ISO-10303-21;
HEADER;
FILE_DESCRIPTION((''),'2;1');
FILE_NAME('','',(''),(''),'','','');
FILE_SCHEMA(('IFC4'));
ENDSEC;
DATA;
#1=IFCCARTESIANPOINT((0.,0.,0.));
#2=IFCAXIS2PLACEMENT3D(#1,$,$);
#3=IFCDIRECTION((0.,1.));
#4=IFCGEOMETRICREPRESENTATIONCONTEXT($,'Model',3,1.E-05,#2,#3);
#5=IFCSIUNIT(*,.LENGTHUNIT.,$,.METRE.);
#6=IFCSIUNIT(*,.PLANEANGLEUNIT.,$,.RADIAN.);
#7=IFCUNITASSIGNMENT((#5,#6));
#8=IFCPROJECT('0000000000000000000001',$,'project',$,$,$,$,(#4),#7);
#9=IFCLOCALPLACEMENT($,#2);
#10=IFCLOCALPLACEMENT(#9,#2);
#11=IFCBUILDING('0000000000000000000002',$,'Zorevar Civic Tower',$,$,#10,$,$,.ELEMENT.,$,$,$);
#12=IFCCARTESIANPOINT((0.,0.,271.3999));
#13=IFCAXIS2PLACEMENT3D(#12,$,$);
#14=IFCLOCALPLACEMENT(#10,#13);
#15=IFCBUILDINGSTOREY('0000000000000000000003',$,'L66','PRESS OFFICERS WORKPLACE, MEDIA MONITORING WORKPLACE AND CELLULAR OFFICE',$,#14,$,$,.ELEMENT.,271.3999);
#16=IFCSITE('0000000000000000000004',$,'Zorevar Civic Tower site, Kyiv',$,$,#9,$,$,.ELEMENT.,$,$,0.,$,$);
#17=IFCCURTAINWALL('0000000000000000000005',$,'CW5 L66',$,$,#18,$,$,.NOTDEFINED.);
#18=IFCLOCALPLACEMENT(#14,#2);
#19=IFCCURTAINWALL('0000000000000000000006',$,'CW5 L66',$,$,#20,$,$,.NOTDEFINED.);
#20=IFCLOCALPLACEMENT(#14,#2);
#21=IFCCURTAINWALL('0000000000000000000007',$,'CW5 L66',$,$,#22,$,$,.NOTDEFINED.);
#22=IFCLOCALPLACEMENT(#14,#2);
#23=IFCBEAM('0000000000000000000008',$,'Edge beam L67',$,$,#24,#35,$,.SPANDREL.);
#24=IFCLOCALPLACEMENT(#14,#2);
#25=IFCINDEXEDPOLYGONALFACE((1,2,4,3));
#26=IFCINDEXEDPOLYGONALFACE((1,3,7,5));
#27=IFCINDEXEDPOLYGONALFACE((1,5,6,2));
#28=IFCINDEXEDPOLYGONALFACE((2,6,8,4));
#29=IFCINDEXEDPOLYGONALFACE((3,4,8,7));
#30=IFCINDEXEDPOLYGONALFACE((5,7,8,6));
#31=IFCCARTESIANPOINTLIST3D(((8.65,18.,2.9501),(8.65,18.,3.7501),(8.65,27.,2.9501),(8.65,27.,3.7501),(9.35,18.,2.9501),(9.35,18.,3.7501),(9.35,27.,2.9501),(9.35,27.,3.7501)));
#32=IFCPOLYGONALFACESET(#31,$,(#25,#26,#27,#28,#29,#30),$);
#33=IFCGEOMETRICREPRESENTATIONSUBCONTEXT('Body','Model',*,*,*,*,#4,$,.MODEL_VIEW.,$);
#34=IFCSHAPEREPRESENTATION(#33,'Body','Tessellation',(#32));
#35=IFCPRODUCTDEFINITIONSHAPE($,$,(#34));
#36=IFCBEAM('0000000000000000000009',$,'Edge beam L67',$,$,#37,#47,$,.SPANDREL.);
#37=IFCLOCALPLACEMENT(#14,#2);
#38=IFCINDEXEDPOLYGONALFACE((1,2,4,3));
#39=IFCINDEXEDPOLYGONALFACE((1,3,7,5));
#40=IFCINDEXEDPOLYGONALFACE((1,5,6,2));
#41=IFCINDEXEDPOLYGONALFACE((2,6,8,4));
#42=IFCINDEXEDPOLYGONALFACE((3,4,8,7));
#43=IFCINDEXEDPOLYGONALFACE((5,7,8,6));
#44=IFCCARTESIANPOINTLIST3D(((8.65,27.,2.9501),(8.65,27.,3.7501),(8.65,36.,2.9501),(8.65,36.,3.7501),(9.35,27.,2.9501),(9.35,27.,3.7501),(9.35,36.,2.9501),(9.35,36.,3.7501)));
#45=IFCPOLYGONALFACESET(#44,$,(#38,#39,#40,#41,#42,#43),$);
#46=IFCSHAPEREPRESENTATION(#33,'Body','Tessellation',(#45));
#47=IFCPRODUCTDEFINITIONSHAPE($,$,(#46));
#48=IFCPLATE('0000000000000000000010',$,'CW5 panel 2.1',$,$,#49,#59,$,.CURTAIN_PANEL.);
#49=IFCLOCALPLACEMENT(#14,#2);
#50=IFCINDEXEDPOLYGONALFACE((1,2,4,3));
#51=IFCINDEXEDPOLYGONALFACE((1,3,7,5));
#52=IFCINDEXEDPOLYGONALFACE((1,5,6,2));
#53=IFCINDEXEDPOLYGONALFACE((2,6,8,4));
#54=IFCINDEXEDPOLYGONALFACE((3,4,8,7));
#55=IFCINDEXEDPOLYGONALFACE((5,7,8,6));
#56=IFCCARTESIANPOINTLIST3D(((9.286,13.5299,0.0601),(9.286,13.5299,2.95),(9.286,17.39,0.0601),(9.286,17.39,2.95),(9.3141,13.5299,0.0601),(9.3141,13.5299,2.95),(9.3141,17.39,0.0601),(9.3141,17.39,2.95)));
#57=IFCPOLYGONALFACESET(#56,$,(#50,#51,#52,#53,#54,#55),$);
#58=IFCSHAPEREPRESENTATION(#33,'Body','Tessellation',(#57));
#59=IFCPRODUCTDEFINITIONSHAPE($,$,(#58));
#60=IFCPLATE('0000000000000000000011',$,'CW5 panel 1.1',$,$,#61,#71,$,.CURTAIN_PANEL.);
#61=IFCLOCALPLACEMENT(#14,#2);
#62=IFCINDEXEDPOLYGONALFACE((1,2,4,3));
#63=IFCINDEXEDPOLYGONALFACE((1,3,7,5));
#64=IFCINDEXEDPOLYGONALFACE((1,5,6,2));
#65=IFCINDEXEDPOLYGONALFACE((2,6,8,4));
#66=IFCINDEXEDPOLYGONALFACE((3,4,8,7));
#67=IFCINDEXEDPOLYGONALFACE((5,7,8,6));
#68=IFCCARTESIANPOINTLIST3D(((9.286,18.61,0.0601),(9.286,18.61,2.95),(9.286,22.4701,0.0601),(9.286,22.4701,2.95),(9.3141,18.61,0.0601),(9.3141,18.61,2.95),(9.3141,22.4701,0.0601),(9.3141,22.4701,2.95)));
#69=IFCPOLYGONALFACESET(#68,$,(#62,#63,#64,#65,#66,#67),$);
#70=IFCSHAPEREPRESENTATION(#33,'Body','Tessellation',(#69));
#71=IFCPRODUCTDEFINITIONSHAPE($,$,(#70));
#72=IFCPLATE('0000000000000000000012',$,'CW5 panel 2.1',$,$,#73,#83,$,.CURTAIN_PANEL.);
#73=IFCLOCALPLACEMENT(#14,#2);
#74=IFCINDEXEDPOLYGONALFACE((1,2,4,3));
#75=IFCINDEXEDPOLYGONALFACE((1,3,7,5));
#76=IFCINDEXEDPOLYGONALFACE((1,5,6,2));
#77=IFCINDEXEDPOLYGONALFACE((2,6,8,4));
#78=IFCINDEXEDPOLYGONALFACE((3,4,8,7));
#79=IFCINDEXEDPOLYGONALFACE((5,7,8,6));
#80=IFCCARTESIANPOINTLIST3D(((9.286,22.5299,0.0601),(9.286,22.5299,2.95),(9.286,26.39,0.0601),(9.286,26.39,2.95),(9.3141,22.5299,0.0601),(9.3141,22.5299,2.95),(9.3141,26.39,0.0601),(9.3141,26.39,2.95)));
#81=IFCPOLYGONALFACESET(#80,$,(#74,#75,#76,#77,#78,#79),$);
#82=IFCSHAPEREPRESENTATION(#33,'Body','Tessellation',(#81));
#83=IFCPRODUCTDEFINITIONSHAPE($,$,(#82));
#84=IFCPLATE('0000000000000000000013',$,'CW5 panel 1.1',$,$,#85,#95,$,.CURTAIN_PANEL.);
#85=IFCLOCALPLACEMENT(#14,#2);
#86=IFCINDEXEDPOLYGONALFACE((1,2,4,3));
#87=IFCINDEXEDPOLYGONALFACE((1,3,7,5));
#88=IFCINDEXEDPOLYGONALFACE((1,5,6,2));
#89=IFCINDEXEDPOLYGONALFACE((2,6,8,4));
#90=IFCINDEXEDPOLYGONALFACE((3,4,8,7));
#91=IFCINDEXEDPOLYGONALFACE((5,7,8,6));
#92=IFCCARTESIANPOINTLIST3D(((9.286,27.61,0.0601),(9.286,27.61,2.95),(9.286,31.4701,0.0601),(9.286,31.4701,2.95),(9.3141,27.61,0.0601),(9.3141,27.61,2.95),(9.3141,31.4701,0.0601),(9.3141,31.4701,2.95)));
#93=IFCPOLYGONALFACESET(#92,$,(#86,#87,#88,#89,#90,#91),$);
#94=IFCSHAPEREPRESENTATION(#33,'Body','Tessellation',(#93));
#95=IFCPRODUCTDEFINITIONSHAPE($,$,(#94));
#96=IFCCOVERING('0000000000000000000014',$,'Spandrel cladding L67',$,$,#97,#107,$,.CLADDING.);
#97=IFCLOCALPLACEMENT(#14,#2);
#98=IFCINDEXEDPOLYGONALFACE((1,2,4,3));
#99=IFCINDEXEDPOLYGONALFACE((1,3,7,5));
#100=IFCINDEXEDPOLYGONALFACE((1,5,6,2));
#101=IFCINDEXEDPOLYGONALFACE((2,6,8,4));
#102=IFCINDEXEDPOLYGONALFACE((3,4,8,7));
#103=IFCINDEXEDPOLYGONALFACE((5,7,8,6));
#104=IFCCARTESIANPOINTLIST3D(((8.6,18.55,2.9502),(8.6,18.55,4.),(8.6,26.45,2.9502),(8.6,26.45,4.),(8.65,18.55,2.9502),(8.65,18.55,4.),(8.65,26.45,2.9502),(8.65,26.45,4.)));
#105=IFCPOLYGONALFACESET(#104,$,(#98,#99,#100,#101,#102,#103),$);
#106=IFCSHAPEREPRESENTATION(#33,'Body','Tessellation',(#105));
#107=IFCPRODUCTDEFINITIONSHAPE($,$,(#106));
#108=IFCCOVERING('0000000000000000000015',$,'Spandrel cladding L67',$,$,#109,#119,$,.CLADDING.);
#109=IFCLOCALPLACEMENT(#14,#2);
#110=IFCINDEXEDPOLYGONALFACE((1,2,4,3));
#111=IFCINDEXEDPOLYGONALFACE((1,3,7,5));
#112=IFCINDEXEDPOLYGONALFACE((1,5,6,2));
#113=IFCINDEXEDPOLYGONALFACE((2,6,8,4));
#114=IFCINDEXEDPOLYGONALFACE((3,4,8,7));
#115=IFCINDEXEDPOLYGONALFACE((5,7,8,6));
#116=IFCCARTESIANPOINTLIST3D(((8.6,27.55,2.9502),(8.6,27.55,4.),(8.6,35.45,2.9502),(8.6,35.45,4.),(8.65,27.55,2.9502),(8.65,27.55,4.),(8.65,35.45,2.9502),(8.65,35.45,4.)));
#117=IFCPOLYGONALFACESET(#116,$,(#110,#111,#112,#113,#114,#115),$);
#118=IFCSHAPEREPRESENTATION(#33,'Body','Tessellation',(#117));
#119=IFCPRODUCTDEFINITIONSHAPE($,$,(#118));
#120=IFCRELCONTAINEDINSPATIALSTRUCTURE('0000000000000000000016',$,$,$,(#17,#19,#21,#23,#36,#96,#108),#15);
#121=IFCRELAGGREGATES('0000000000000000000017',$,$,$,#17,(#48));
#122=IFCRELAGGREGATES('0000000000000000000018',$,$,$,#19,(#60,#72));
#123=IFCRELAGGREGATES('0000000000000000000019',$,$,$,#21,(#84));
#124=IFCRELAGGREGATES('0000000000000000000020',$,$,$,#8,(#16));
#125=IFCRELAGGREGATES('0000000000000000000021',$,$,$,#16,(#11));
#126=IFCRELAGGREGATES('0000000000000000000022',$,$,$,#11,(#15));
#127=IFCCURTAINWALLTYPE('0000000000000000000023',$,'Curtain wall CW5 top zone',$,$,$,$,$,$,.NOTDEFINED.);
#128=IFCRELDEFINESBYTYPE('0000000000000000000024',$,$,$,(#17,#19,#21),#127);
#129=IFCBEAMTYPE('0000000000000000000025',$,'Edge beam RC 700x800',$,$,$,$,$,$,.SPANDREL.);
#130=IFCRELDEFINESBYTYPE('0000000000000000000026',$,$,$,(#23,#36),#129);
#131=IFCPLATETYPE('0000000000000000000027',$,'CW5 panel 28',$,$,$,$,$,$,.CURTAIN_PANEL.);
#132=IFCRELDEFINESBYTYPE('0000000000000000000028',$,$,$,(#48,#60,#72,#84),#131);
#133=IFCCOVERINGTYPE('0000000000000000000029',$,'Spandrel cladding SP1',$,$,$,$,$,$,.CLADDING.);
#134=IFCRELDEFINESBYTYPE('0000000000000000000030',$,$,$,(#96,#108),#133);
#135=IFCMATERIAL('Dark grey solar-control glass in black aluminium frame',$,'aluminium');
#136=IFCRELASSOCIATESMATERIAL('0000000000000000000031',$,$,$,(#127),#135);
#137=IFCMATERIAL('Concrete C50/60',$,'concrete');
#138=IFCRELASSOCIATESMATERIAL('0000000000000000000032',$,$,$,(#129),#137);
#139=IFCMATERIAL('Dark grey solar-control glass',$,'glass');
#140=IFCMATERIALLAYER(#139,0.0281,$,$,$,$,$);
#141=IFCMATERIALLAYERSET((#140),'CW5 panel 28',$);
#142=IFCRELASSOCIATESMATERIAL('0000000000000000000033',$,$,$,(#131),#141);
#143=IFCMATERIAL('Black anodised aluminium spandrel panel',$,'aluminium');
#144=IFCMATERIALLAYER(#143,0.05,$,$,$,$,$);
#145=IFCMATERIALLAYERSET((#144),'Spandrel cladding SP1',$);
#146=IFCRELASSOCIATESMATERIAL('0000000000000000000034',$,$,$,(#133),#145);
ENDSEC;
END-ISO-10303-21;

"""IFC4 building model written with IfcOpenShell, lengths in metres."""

from ifc_helpers import new_model, si_unit, direction, frame, frame_2d, origin, origin_2d, place, context, subcontext, project, spatial, rectangle, extrude, material, layer, layer_set, material_profile, profile_set, type_object, element, aggregate, save


model = new_model("IFC4")

# Units and contexts
model_context = context("Model", 3, precision=1e-05, world=origin(), true_north=direction((0.0, 1.0)))
body_context = subcontext(model_context, "Body", "Model", "MODEL_VIEW")
ifc_project = project(units=[si_unit("LENGTHUNIT", "METRE"), si_unit("PLANEANGLEUNIT", "RADIAN")], contexts=[model_context])

# Site, building, storey
site_placement = place(None, origin())
site = spatial("IfcSite", under=ifc_project, at=site_placement, Name="Zorevar Civic Tower site, Kyiv", CompositionType="ELEMENT", RefElevation=0.0)
building_placement = place(site_placement, origin())
building = spatial("IfcBuilding", under=site, at=building_placement, Name="Zorevar Civic Tower", CompositionType="ELEMENT")
storey_placement = place(building_placement, frame((0.0, 0.0, 271.3999)))
storey = spatial("IfcBuildingStorey", under=building, at=storey_placement, Name="L66", Description="PRESS OFFICERS WORKPLACE, MEDIA MONITORING WORKPLACE AND CELLULAR OFFICE", CompositionType="ELEMENT", Elevation=271.3999)

# Curtain wall
ifc_material_1 = material(Name="Dark grey solar-control glass in black aluminium frame", Category="aluminium")
curtain_wall_type = type_object("IfcCurtainWallType", Name="Curtain wall CW5 top zone", PredefinedType="NOTDEFINED", material=ifc_material_1)
curtain_wall_1_placement = place(storey_placement, origin())
curtain_wall_1 = element("IfcCurtainWall", 1, at=curtain_wall_1_placement, inside=storey, type_object=curtain_wall_type, Name="CW5 L66", PredefinedType="NOTDEFINED")

# Curtain walls
curtain_wall_2_placement = place(storey_placement, origin())
curtain_wall_2 = element("IfcCurtainWall", 2, at=curtain_wall_2_placement, inside=storey, type_object=curtain_wall_type, Name="CW5 L66", PredefinedType="NOTDEFINED")
curtain_wall_3_placement = place(storey_placement, origin())
curtain_wall_3 = element("IfcCurtainWall", 3, at=curtain_wall_3_placement, inside=storey, type_object=curtain_wall_type, Name="CW5 L66", PredefinedType="NOTDEFINED")

# Beams
ifc_material_2 = material(Name="Concrete C50/60", Category="concrete")
ifc_material_profile_1 = material_profile(ifc_material_2, rectangle(XDim=0.7, YDim=0.8, at=origin_2d()), Name="RC 700x800")
ifc_profile_set_1 = profile_set([ifc_material_profile_1], Name="Concrete C50/60")
beam_type_1 = type_object("IfcBeamType", Name="Edge beam RC 700x800", PredefinedType="SPANDREL", material=ifc_profile_set_1)
for number, where, z_axis, x_axis, name in (
    (4, (9.0, 18.0, 3.3501), (0.0, 1.0, 0.0), (-1.0, 0.0, 0.0), "Edge beam L67"),
    (5, (9.0, 27.0, 3.3501), (0.0, 1.0, 0.0), (-1.0, 0.0, 0.0), "Edge beam L67"),
):
    element("IfcBeam", number, at=place(storey_placement, frame(where, z_axis=z_axis, x_axis=x_axis)), inside=storey, type_object=beam_type_1, Name=name, PredefinedType="SPANDREL", context=body_context, shape_type="SweptSolid", body=[
        extrude(rectangle(XDim=0.7, YDim=0.8, at=origin_2d()), origin(), (0.0, 0.0, 1.0), 9.0),
    ])

# Plates
ifc_material_3 = material(Name="Dark grey solar-control glass", Category="glass")
ifc_layer_1 = layer(ifc_material_3, 0.0281)
ifc_layer_set_1 = layer_set([ifc_layer_1], Name="CW5 panel 28")
plate_type = type_object("IfcPlateType", Name="CW5 panel 28", PredefinedType="CURTAIN_PANEL", material=ifc_layer_set_1)
plate_1_placement = place(storey_placement, frame((9.3, 15.46, 0.0601), z_axis=(0.0, 0.0, 1.0), x_axis=(0.0, 1.0, 0.0)))
plate_1 = element("IfcPlate", 6, at=plate_1_placement, type_object=plate_type, Name="CW5 panel 2.1", PredefinedType="CURTAIN_PANEL", context=body_context, shape_type="SweptSolid", body=[
    extrude(rectangle(XDim=3.8601, YDim=0.0281, at=origin_2d()), origin(), (0.0, 0.0, 1.0), 2.8899),
])
aggregate(curtain_wall_1, [plate_1])
plate_2_placement = place(storey_placement, frame((9.3, 20.54, 0.0601), z_axis=(0.0, 0.0, 1.0), x_axis=(0.0, 1.0, 0.0)))
plate_2 = element("IfcPlate", 7, at=plate_2_placement, type_object=plate_type, Name="CW5 panel 1.1", PredefinedType="CURTAIN_PANEL", context=body_context, shape_type="SweptSolid", body=[
    extrude(rectangle(XDim=3.8601, YDim=0.0281, at=origin_2d()), origin(), (0.0, 0.0, 1.0), 2.8899),
])
plate_3_placement = place(storey_placement, frame((9.3, 24.46, 0.0601), z_axis=(0.0, 0.0, 1.0), x_axis=(0.0, 1.0, 0.0)))
plate_3 = element("IfcPlate", 8, at=plate_3_placement, type_object=plate_type, Name="CW5 panel 2.1", PredefinedType="CURTAIN_PANEL", context=body_context, shape_type="SweptSolid", body=[
    extrude(rectangle(XDim=3.8601, YDim=0.0281, at=origin_2d()), origin(), (0.0, 0.0, 1.0), 2.8899),
])
aggregate(curtain_wall_2, [plate_2, plate_3])
plate_4_placement = place(storey_placement, frame((9.3, 29.54, 0.0601), z_axis=(0.0, 0.0, 1.0), x_axis=(0.0, 1.0, 0.0)))
plate_4 = element("IfcPlate", 9, at=plate_4_placement, type_object=plate_type, Name="CW5 panel 1.1", PredefinedType="CURTAIN_PANEL", context=body_context, shape_type="SweptSolid", body=[
    extrude(rectangle(XDim=3.8601, YDim=0.0281, at=origin_2d()), origin(), (0.0, 0.0, 1.0), 2.8899),
])
aggregate(curtain_wall_3, [plate_4])

# Coverings
ifc_material_4 = material(Name="Black anodised aluminium spandrel panel", Category="aluminium")
ifc_layer_2 = layer(ifc_material_4, 0.05)
ifc_layer_set_2 = layer_set([ifc_layer_2], Name="Spandrel cladding SP1")
covering_type = type_object("IfcCoveringType", Name="Spandrel cladding SP1", PredefinedType="CLADDING", material=ifc_layer_set_2)
for number, where, z_axis, x_axis, name in (
    (10, (8.625, 18.55, 2.9502), (0.0, 0.0, 1.0), (0.0, 1.0, 0.0), "Spandrel cladding L67"),
    (11, (8.625, 27.55, 2.9502), (0.0, 0.0, 1.0), (0.0, 1.0, 0.0), "Spandrel cladding L67"),
):
    element("IfcCovering", number, at=place(storey_placement, frame(where, z_axis=z_axis, x_axis=x_axis)), inside=storey, type_object=covering_type, Name=name, PredefinedType="CLADDING", context=body_context, shape_type="SweptSolid", body=[
        extrude(rectangle(XDim=7.8999, YDim=0.05, at=frame_2d((3.95, 0.0))), origin(), (0.0, 0.0, 1.0), 1.0498),
    ])

save(model, "model.ifc")
